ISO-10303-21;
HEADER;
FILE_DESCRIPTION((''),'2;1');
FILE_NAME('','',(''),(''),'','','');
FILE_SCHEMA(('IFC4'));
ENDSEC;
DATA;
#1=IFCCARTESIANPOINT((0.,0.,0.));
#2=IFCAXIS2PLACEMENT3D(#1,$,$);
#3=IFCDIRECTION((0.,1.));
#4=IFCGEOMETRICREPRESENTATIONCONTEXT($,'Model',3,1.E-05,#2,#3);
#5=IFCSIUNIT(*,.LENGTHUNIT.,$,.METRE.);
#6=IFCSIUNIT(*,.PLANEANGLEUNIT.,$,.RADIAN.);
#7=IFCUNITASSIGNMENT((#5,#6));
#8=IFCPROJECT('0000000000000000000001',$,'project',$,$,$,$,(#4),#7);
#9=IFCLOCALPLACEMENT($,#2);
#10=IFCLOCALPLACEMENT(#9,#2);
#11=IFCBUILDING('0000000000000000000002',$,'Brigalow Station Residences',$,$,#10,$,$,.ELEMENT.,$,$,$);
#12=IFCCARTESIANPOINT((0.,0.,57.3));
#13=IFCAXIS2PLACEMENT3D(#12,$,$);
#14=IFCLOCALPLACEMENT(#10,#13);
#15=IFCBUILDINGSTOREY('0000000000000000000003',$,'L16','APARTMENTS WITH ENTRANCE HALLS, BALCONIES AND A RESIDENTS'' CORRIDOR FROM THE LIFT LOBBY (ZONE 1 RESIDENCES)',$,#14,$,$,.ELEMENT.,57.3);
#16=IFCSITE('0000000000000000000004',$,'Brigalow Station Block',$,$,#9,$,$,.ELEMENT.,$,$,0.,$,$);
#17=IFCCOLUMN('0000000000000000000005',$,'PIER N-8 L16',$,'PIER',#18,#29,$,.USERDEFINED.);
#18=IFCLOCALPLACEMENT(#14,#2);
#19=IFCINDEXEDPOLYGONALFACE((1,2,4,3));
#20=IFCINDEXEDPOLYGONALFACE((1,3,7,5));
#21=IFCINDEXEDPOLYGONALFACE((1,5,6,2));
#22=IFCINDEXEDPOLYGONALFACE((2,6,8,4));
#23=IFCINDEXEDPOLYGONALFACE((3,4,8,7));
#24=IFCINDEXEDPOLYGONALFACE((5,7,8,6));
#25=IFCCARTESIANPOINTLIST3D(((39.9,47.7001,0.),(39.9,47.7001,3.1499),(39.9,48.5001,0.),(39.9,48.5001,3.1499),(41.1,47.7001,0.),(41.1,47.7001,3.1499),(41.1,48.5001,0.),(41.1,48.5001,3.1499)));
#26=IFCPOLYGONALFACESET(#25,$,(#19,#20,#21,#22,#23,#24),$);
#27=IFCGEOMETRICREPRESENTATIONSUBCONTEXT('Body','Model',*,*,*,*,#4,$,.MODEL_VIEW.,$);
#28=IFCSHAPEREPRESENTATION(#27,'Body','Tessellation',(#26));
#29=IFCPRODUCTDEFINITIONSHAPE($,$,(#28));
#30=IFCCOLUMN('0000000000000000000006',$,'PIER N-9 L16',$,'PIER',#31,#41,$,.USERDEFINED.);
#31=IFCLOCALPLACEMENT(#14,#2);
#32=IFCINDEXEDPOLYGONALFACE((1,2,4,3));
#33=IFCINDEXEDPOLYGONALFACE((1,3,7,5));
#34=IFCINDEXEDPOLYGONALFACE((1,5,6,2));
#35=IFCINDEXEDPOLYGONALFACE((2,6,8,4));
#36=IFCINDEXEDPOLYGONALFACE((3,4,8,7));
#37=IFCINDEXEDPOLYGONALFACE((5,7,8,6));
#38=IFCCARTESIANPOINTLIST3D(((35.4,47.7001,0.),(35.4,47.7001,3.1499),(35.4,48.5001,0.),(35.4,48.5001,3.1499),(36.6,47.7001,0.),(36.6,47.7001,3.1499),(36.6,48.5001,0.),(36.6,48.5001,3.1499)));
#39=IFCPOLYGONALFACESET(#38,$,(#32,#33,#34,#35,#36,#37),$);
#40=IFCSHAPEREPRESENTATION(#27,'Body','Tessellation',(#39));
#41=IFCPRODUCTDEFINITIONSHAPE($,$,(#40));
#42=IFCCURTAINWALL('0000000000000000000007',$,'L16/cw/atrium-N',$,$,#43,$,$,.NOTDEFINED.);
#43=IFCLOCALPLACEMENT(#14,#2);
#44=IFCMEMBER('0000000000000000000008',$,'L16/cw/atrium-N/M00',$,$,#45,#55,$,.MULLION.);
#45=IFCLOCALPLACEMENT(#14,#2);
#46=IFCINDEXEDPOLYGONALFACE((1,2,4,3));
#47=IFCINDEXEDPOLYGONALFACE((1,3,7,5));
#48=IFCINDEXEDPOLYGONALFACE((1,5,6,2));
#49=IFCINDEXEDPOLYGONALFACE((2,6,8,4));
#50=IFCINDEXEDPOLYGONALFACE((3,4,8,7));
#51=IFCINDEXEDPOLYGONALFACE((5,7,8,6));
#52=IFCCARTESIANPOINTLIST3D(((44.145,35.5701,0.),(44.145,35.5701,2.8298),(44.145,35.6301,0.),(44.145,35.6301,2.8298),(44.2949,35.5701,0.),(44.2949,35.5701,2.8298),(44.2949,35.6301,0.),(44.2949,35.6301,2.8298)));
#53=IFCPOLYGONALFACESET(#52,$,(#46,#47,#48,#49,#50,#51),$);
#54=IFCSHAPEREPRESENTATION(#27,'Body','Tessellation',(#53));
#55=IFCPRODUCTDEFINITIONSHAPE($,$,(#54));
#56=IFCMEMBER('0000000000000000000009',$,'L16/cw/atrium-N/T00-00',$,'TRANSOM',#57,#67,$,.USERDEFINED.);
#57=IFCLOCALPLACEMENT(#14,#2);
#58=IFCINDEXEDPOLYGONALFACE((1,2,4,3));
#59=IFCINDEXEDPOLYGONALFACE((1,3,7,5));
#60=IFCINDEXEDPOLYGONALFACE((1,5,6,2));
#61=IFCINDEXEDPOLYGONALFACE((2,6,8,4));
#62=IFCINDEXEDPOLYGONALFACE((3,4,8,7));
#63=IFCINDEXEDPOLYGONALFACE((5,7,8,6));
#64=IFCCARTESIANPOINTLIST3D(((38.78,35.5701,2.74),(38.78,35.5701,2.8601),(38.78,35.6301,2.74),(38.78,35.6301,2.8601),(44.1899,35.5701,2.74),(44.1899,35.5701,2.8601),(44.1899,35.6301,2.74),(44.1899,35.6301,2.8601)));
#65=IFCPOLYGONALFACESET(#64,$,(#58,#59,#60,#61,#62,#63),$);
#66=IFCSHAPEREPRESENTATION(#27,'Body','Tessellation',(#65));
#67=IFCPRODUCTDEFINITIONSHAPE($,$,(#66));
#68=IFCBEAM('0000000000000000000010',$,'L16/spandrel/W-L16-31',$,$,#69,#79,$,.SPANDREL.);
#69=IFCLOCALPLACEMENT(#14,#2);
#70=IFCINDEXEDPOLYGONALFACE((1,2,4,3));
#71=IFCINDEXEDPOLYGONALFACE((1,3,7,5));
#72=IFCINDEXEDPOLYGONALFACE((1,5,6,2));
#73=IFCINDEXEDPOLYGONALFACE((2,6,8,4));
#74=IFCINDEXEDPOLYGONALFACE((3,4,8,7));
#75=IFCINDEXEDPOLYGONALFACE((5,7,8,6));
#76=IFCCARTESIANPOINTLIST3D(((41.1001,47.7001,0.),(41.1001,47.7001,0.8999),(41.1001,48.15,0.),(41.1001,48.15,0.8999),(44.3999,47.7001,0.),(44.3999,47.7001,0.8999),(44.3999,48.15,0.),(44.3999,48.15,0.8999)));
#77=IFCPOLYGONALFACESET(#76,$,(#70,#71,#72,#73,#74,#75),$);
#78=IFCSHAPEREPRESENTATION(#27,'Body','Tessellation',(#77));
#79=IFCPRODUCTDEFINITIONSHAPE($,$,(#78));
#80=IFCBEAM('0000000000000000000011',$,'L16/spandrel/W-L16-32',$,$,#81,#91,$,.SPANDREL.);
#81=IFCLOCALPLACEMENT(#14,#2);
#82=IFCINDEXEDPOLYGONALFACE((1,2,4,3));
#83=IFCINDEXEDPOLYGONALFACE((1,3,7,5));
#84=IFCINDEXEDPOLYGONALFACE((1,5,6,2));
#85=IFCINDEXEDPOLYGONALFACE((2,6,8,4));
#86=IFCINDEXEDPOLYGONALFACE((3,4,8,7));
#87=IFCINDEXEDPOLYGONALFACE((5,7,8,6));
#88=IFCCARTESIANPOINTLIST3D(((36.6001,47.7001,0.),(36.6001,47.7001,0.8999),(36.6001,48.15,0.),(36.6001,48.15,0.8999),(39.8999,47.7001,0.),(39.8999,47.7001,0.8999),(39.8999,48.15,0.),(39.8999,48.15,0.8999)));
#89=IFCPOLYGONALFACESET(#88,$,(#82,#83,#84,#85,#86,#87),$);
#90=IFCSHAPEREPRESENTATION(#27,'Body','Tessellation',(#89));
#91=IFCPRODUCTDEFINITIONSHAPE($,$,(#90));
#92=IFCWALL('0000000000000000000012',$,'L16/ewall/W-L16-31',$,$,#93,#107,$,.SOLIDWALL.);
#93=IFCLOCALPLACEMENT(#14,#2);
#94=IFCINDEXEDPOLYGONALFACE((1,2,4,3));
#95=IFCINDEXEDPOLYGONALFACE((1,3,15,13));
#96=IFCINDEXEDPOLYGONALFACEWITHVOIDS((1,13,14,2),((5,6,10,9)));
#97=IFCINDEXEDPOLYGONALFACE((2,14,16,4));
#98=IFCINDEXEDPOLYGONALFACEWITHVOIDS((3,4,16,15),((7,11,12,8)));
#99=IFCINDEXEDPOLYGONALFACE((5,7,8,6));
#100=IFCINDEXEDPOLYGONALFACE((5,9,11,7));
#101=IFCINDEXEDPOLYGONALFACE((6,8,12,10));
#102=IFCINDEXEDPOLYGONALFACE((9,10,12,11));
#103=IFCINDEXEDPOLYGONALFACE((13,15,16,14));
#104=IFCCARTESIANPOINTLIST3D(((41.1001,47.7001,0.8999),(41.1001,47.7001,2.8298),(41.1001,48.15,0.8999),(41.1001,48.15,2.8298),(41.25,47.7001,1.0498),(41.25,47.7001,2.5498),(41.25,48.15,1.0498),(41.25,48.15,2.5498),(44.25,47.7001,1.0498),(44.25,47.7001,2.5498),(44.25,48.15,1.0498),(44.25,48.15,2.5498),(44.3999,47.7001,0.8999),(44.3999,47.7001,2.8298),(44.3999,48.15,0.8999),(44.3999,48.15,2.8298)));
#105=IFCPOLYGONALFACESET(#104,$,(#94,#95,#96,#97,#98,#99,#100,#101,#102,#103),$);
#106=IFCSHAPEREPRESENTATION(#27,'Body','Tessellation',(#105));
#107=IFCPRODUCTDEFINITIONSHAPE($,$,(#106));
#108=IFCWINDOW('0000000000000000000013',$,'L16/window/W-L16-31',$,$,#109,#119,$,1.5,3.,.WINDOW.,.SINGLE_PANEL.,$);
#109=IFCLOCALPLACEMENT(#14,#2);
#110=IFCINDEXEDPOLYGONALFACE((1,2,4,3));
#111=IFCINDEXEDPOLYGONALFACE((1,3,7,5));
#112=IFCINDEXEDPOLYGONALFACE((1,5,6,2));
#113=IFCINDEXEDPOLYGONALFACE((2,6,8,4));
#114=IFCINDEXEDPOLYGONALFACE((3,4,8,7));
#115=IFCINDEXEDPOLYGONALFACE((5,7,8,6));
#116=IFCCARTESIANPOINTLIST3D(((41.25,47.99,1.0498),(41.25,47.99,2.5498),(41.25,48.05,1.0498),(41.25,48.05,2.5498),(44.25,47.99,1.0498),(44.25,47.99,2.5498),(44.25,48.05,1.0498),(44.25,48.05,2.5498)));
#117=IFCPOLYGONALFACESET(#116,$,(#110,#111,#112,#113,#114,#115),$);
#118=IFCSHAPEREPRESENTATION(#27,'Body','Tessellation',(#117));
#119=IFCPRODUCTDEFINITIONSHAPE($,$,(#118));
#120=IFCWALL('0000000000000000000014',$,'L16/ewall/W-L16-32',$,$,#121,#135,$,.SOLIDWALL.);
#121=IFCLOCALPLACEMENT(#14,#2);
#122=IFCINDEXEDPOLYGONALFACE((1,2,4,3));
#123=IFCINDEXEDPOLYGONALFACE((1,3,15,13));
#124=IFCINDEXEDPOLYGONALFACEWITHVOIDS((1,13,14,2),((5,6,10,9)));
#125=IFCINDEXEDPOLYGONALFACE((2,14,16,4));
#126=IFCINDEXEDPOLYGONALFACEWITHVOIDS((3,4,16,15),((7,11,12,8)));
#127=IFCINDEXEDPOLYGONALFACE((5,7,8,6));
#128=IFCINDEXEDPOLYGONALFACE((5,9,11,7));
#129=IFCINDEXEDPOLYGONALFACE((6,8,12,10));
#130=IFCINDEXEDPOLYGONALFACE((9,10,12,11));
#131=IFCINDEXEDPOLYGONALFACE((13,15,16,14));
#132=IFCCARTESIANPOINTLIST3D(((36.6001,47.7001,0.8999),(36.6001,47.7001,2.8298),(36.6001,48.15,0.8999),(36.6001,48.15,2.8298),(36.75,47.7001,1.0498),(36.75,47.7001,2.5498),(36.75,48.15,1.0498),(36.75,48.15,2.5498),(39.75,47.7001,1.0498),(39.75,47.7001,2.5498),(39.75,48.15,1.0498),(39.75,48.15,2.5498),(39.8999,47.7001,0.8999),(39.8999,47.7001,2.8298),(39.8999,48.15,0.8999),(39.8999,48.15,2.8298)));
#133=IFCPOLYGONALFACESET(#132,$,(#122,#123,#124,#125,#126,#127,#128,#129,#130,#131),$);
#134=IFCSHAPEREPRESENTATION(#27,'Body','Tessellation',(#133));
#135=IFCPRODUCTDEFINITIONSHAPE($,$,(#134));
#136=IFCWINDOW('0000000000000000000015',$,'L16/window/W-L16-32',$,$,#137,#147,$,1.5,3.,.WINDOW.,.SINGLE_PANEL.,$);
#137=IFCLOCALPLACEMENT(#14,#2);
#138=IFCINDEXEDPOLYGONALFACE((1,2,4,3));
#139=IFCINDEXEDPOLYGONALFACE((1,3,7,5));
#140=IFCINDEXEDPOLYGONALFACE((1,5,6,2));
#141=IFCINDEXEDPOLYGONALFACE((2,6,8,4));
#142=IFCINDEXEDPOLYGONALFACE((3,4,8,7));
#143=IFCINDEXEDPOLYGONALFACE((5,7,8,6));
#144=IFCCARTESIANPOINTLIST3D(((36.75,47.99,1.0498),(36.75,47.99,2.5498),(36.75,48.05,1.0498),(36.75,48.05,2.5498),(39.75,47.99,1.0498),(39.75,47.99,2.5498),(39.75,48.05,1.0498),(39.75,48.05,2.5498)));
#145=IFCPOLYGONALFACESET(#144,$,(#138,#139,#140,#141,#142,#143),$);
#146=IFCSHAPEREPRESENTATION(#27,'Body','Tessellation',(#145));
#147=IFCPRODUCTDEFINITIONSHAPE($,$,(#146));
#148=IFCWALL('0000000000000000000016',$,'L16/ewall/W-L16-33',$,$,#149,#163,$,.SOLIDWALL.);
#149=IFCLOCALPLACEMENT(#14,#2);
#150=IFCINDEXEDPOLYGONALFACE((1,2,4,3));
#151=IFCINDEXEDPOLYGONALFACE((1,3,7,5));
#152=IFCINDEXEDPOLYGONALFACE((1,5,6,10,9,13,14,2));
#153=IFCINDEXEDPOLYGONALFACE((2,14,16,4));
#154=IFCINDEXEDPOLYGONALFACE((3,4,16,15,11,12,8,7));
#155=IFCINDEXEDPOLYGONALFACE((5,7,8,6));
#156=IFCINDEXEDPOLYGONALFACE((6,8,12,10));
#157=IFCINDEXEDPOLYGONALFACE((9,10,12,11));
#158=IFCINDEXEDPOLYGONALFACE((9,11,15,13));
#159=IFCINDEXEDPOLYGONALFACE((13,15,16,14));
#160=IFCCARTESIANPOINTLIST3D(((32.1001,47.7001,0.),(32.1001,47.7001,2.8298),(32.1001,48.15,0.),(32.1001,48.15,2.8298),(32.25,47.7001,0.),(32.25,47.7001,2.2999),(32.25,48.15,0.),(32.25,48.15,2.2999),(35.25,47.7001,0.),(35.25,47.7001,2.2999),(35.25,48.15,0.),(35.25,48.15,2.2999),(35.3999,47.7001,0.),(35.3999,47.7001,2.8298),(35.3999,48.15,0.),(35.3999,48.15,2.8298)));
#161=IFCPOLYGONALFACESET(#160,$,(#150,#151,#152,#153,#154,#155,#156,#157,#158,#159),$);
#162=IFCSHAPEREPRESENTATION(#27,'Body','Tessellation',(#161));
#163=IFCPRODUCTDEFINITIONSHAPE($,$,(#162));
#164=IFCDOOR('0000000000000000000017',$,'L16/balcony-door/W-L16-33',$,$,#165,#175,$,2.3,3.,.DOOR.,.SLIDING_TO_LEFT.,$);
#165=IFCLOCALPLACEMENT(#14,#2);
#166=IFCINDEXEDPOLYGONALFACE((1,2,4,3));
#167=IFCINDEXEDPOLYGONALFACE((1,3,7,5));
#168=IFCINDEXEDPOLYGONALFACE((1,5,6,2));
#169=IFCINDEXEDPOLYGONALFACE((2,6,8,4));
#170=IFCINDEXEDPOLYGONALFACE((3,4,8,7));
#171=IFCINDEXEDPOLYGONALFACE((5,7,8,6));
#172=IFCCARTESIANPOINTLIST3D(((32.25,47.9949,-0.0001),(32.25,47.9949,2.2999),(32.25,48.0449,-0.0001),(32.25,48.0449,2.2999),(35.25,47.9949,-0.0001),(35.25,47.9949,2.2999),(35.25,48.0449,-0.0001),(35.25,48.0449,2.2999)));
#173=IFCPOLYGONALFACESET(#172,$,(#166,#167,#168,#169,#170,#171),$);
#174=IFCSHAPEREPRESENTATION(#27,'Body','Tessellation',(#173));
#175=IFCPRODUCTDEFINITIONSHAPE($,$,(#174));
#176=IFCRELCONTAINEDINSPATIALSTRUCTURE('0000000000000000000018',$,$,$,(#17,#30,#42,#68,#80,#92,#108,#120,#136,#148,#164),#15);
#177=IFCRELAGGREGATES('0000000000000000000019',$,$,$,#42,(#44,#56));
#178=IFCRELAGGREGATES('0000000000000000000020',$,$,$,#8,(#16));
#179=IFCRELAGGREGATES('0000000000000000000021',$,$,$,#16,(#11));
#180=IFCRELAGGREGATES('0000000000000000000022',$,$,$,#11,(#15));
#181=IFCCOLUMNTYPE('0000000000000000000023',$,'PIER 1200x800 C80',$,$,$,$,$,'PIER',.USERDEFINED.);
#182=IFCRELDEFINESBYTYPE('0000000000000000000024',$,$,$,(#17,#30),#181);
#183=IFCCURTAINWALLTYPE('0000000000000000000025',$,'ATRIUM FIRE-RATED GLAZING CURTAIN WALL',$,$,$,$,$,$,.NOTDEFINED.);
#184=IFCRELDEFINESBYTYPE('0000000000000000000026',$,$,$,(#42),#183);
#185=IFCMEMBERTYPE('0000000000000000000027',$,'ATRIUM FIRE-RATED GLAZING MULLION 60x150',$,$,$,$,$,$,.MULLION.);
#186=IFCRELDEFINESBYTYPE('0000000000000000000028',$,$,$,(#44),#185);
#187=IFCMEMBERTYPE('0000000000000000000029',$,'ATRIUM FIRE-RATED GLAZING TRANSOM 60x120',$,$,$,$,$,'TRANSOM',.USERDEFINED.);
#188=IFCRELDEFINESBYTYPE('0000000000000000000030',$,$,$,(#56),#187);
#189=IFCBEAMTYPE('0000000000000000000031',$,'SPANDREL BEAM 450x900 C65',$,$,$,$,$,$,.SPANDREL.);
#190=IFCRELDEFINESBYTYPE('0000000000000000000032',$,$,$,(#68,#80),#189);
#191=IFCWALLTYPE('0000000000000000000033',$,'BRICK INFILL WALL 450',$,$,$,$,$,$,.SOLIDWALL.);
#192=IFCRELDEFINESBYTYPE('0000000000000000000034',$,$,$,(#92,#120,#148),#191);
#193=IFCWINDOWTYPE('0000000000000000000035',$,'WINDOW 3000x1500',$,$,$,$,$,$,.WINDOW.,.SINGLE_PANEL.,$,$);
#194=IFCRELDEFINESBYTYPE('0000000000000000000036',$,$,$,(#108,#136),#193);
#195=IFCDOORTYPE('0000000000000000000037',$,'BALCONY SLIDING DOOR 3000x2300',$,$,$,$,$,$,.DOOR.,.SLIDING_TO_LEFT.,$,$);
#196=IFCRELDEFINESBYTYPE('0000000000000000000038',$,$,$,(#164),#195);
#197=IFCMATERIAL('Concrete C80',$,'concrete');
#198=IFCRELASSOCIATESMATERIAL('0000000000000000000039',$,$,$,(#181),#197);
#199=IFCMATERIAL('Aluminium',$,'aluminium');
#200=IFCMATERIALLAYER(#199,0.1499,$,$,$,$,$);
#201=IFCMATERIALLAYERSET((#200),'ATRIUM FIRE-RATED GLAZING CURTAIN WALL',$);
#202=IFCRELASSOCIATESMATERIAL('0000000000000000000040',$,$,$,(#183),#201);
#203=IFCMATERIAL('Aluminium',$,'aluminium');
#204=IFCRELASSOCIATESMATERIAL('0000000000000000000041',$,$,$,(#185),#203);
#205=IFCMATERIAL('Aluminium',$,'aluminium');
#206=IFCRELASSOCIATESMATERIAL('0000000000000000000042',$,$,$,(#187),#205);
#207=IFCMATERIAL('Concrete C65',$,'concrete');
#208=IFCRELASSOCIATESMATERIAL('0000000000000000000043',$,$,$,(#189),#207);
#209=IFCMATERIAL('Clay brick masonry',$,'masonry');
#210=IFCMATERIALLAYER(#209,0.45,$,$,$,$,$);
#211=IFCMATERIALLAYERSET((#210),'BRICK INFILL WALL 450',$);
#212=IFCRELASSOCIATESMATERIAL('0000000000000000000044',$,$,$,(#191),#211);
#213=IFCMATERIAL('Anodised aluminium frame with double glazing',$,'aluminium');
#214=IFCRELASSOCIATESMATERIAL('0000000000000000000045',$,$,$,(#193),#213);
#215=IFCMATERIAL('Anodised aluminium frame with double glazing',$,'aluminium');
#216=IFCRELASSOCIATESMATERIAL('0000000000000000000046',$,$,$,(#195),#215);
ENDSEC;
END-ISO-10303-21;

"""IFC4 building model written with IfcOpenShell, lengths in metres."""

from ifc_helpers import new_model, si_unit, direction, frame, frame_2d, origin, origin_2d, place, context, subcontext, project, spatial, rectangle, extrude, material, layer, layer_set, material_profile, profile_set, type_object, element, fill, aggregate, save


model = new_model("IFC4")

# Units and contexts
model_context = context("Model", 3, precision=1e-05, world=origin(), true_north=direction((0.0, 1.0)))
body_context = subcontext(model_context, "Body", "Model", "MODEL_VIEW")
ifc_project = project(units=[si_unit("LENGTHUNIT", "METRE"), si_unit("PLANEANGLEUNIT", "RADIAN")], contexts=[model_context])

# Site, building, storey
site_placement = place(None, origin())
site = spatial("IfcSite", under=ifc_project, at=site_placement, Name="Brigalow Station Block", CompositionType="ELEMENT", RefElevation=0.0)
building_placement = place(site_placement, origin())
building = spatial("IfcBuilding", under=site, at=building_placement, Name="Brigalow Station Residences", CompositionType="ELEMENT")
storey_placement = place(building_placement, frame((0.0, 0.0, 57.3)))
storey = spatial("IfcBuildingStorey", under=building, at=storey_placement, Name="L16", Description="APARTMENTS WITH ENTRANCE HALLS, BALCONIES AND A RESIDENTS' CORRIDOR FROM THE LIFT LOBBY (ZONE 1 RESIDENCES)", CompositionType="ELEMENT", Elevation=57.3)

# Columns
ifc_material_1 = material(Name="Concrete C80", Category="concrete")
ifc_material_profile_1 = material_profile(ifc_material_1, rectangle(XDim=1.2, YDim=0.8, at=origin_2d()), Name="RC1200x800")
ifc_profile_set_1 = profile_set([ifc_material_profile_1], Name="Concrete C80")
column_type = type_object("IfcColumnType", Name="PIER 1200x800 C80", ElementType="PIER", PredefinedType="USERDEFINED", material=ifc_profile_set_1)
for number, where, z_axis, x_axis, name in (
    (1, (40.5, 48.1001, 0.0), (0.0, 0.0, 1.0), (-1.0, 0.0, 0.0), "PIER N-8 L16"),
    (2, (36.0, 48.1001, 0.0), (0.0, 0.0, 1.0), (-1.0, 0.0, 0.0), "PIER N-9 L16"),
):
    element("IfcColumn", number, at=place(storey_placement, frame(where, z_axis=z_axis, x_axis=x_axis)), inside=storey, type_object=column_type, Name=name, ObjectType="PIER", PredefinedType="USERDEFINED", context=body_context, shape_type="SweptSolid", body=[
        extrude(rectangle(XDim=1.2, YDim=0.8, at=origin_2d()), origin(), (0.0, 0.0, 1.0), 3.1499),
    ])

# Curtain wall, members
ifc_material_2 = material(Name="Aluminium", Category="aluminium")
ifc_layer_1 = layer(ifc_material_2, 0.1499)
ifc_layer_set_1 = layer_set([ifc_layer_1], Name="ATRIUM FIRE-RATED GLAZING CURTAIN WALL")
curtain_wall_type = type_object("IfcCurtainWallType", Name="ATRIUM FIRE-RATED GLAZING CURTAIN WALL", PredefinedType="NOTDEFINED", material=ifc_layer_set_1)
curtain_wall_placement = place(storey_placement, origin())
curtain_wall = element("IfcCurtainWall", 3, at=curtain_wall_placement, inside=storey, type_object=curtain_wall_type, Name="L16/cw/atrium-N", PredefinedType="NOTDEFINED")
ifc_material_3 = material(Name="Aluminium", Category="aluminium")
ifc_material_profile_2 = material_profile(ifc_material_3, rectangle(XDim=0.0601, YDim=0.1499, at=origin_2d()), Name="ATRIUM FIRE-RATED GLAZING MULLION 60x150")
ifc_profile_set_2 = profile_set([ifc_material_profile_2], Name="Aluminium")
member_type_1 = type_object("IfcMemberType", Name="ATRIUM FIRE-RATED GLAZING MULLION 60x150", PredefinedType="MULLION", material=ifc_profile_set_2)
member_1_placement = place(storey_placement, frame((44.22, 35.6001, 0.0), z_axis=(0.0, 0.0, 1.0), x_axis=(0.0, -1.0, 0.0)))
member_1 = element("IfcMember", 4, at=member_1_placement, type_object=member_type_1, Name="L16/cw/atrium-N/M00", PredefinedType="MULLION", context=body_context, shape_type="SweptSolid", body=[
    extrude(rectangle(XDim=0.0601, YDim=0.1499, at=origin_2d()), origin(), (0.0, 0.0, 1.0), 2.8298),
])
ifc_material_4 = material(Name="Aluminium", Category="aluminium")
ifc_material_profile_3 = material_profile(ifc_material_4, rectangle(XDim=0.0601, YDim=0.1201, at=origin_2d()), Name="ATRIUM FIRE-RATED GLAZING TRANSOM 60x120")
ifc_profile_set_3 = profile_set([ifc_material_profile_3], Name="Aluminium")
member_type_2 = type_object("IfcMemberType", Name="ATRIUM FIRE-RATED GLAZING TRANSOM 60x120", ElementType="TRANSOM", PredefinedType="USERDEFINED", material=ifc_profile_set_3)
member_2_placement = place(storey_placement, frame((44.1899, 35.6001, 2.8), z_axis=(-1.0, 0.0, 0.0), x_axis=(0.0, -1.0, 0.0)))
member_2 = element("IfcMember", 5, at=member_2_placement, type_object=member_type_2, Name="L16/cw/atrium-N/T00-00", ObjectType="TRANSOM", PredefinedType="USERDEFINED", context=body_context, shape_type="SweptSolid", body=[
    extrude(rectangle(XDim=0.0601, YDim=0.1201, at=origin_2d()), origin(), (0.0, 0.0, 1.0), 5.4099),
])
aggregate(curtain_wall, [member_1, member_2])

# Beams
ifc_material_5 = material(Name="Concrete C65", Category="concrete")
ifc_material_profile_4 = material_profile(ifc_material_5, rectangle(XDim=0.45, YDim=0.8999, at=origin_2d()), Name="RC450x900")
ifc_profile_set_4 = profile_set([ifc_material_profile_4], Name="Concrete C65")
beam_type = type_object("IfcBeamType", Name="SPANDREL BEAM 450x900 C65", PredefinedType="SPANDREL", material=ifc_profile_set_4)
for number, where, z_axis, x_axis, name in (
    (6, (44.3999, 47.925, 0.45), (-1.0, 0.0, 0.0), (0.0, -1.0, 0.0), "L16/spandrel/W-L16-31"),
    (7, (39.8999, 47.925, 0.45), (-1.0, 0.0, 0.0), (0.0, -1.0, 0.0), "L16/spandrel/W-L16-32"),
):
    element("IfcBeam", number, at=place(storey_placement, frame(where, z_axis=z_axis, x_axis=x_axis)), inside=storey, type_object=beam_type, Name=name, PredefinedType="SPANDREL", context=body_context, shape_type="SweptSolid", body=[
        extrude(rectangle(XDim=0.45, YDim=0.8999, at=origin_2d()), origin(), (0.0, 0.0, 1.0), 3.2998),
    ])

# Walls, openings, windows
ifc_material_6 = material(Name="Clay brick masonry", Category="masonry")
ifc_layer_2 = layer(ifc_material_6, 0.45)
ifc_layer_set_2 = layer_set([ifc_layer_2], Name="BRICK INFILL WALL 450")
wall_type_1 = type_object("IfcWallType", Name="BRICK INFILL WALL 450", PredefinedType="SOLIDWALL", material=ifc_layer_set_2)
wall_1_placement = place(storey_placement, frame((44.3999, 47.925, 0.8999), z_axis=(0.0, 0.0, 1.0), x_axis=(-1.0, 0.0, 0.0)))
wall_1 = element("IfcWall", 8, at=wall_1_placement, inside=storey, type_object=wall_type_1, Name="L16/ewall/W-L16-31", PredefinedType="SOLIDWALL", context=body_context, shape_type="SweptSolid", body=[
    extrude(rectangle(XDim=3.2998, YDim=0.45, at=frame_2d((1.6499, 0.0))), origin(), (0.0, 0.0, 1.0), 1.9299),
])
opening_1_placement = place(wall_1_placement, frame((0.1499, 0.0, 0.1499)))
opening_1 = element("IfcOpeningElement", 9, at=opening_1_placement, cuts=wall_1, PredefinedType="OPENING", context=body_context, shape_type="SweptSolid", body=[
    extrude(rectangle(XDim=3.0, YDim=1.5, at=frame_2d((1.5, 0.75))), frame((0.0, 0.2349, 0.0), z_axis=(0.0, -1.0, 0.0), x_axis=(1.0, 0.0, 0.0)), (0.0, 0.0, 1.0), 0.47),
])
ifc_material_7 = material(Name="Anodised aluminium frame with double glazing", Category="aluminium")
window_type = type_object("IfcWindowType", Name="WINDOW 3000x1500", PartitioningType="SINGLE_PANEL", PredefinedType="WINDOW", material=ifc_material_7)
window_1_placement = place(opening_1_placement, origin())
window_1 = element("IfcWindow", 10, at=window_1_placement, inside=storey, type_object=window_type, Name="L16/window/W-L16-31", OverallHeight=1.5, OverallWidth=3.0, PartitioningType="SINGLE_PANEL", PredefinedType="WINDOW", context=body_context, shape_type="SweptSolid", body=[
    extrude(rectangle(XDim=3.0, YDim=1.5, at=frame_2d((1.5, 0.75))), frame((0.0, -0.0649, 0.0), z_axis=(0.0, -1.0, 0.0), x_axis=(1.0, 0.0, 0.0)), (0.0, 0.0, 1.0), 0.0601),
])
fill(opening_1, window_1)
wall_2_placement = place(storey_placement, frame((39.8999, 47.925, 0.8999), z_axis=(0.0, 0.0, 1.0), x_axis=(-1.0, 0.0, 0.0)))
wall_2 = element("IfcWall", 11, at=wall_2_placement, inside=storey, type_object=wall_type_1, Name="L16/ewall/W-L16-32", PredefinedType="SOLIDWALL", context=body_context, shape_type="SweptSolid", body=[
    extrude(rectangle(XDim=3.2998, YDim=0.45, at=frame_2d((1.6499, 0.0))), origin(), (0.0, 0.0, 1.0), 1.9299),
])
opening_2_placement = place(wall_2_placement, frame((0.1499, 0.0, 0.1499)))
opening_2 = element("IfcOpeningElement", 12, at=opening_2_placement, cuts=wall_2, PredefinedType="OPENING", context=body_context, shape_type="SweptSolid", body=[
    extrude(rectangle(XDim=3.0, YDim=1.5, at=frame_2d((1.5, 0.75))), frame((0.0, 0.2349, 0.0), z_axis=(0.0, -1.0, 0.0), x_axis=(1.0, 0.0, 0.0)), (0.0, 0.0, 1.0), 0.47),
])
window_2_placement = place(opening_2_placement, origin())
window_2 = element("IfcWindow", 13, at=window_2_placement, inside=storey, type_object=window_type, Name="L16/window/W-L16-32", OverallHeight=1.5, OverallWidth=3.0, PartitioningType="SINGLE_PANEL", PredefinedType="WINDOW", context=body_context, shape_type="SweptSolid", body=[
    extrude(rectangle(XDim=3.0, YDim=1.5, at=frame_2d((1.5, 0.75))), frame((0.0, -0.0649, 0.0), z_axis=(0.0, -1.0, 0.0), x_axis=(1.0, 0.0, 0.0)), (0.0, 0.0, 1.0), 0.0601),
])
fill(opening_2, window_2)

# Wall, opening, door
wall_3_placement = place(storey_placement, frame((35.3999, 47.925, 0.0), z_axis=(0.0, 0.0, 1.0), x_axis=(-1.0, 0.0, 0.0)))
wall_3 = element("IfcWall", 14, at=wall_3_placement, inside=storey, type_object=wall_type_1, Name="L16/ewall/W-L16-33", PredefinedType="SOLIDWALL", context=body_context, shape_type="SweptSolid", body=[
    extrude(rectangle(XDim=3.2998, YDim=0.45, at=frame_2d((1.6499, 0.0))), origin(), (0.0, 0.0, 1.0), 2.8298),
])
opening_3_placement = place(wall_3_placement, frame((0.1499, 0.0, 0.0)))
opening_3 = element("IfcOpeningElement", 15, at=opening_3_placement, cuts=wall_3, PredefinedType="OPENING", context=body_context, shape_type="SweptSolid", body=[
    extrude(rectangle(XDim=3.0, YDim=2.3, at=frame_2d((1.5, 1.1499))), frame((0.0, 0.2349, 0.0), z_axis=(0.0, -1.0, 0.0), x_axis=(1.0, 0.0, 0.0)), (0.0, 0.0, 1.0), 0.47),
])
ifc_material_8 = material(Name="Anodised aluminium frame with double glazing", Category="aluminium")
door_type_1 = type_object("IfcDoorType", Name="BALCONY SLIDING DOOR 3000x2300", OperationType="SLIDING_TO_LEFT", PredefinedType="DOOR", material=ifc_material_8)
door_1_placement = place(opening_3_placement, origin())
door_1 = element("IfcDoor", 16, at=door_1_placement, inside=storey, type_object=door_type_1, Name="L16/balcony-door/W-L16-33", OperationType="SLIDING_TO_LEFT", OverallHeight=2.3, OverallWidth=3.0, PredefinedType="DOOR", context=body_context, shape_type="SweptSolid", body=[
    extrude(rectangle(XDim=3.0, YDim=2.3, at=frame_2d((1.5, 1.1499))), frame((0.0, -0.0698, 0.0), z_axis=(0.0, -1.0, 0.0), x_axis=(1.0, 0.0, 0.0)), (0.0, 0.0, 1.0), 0.05),
])
fill(opening_3, door_1)

save(model, "model.ifc")
